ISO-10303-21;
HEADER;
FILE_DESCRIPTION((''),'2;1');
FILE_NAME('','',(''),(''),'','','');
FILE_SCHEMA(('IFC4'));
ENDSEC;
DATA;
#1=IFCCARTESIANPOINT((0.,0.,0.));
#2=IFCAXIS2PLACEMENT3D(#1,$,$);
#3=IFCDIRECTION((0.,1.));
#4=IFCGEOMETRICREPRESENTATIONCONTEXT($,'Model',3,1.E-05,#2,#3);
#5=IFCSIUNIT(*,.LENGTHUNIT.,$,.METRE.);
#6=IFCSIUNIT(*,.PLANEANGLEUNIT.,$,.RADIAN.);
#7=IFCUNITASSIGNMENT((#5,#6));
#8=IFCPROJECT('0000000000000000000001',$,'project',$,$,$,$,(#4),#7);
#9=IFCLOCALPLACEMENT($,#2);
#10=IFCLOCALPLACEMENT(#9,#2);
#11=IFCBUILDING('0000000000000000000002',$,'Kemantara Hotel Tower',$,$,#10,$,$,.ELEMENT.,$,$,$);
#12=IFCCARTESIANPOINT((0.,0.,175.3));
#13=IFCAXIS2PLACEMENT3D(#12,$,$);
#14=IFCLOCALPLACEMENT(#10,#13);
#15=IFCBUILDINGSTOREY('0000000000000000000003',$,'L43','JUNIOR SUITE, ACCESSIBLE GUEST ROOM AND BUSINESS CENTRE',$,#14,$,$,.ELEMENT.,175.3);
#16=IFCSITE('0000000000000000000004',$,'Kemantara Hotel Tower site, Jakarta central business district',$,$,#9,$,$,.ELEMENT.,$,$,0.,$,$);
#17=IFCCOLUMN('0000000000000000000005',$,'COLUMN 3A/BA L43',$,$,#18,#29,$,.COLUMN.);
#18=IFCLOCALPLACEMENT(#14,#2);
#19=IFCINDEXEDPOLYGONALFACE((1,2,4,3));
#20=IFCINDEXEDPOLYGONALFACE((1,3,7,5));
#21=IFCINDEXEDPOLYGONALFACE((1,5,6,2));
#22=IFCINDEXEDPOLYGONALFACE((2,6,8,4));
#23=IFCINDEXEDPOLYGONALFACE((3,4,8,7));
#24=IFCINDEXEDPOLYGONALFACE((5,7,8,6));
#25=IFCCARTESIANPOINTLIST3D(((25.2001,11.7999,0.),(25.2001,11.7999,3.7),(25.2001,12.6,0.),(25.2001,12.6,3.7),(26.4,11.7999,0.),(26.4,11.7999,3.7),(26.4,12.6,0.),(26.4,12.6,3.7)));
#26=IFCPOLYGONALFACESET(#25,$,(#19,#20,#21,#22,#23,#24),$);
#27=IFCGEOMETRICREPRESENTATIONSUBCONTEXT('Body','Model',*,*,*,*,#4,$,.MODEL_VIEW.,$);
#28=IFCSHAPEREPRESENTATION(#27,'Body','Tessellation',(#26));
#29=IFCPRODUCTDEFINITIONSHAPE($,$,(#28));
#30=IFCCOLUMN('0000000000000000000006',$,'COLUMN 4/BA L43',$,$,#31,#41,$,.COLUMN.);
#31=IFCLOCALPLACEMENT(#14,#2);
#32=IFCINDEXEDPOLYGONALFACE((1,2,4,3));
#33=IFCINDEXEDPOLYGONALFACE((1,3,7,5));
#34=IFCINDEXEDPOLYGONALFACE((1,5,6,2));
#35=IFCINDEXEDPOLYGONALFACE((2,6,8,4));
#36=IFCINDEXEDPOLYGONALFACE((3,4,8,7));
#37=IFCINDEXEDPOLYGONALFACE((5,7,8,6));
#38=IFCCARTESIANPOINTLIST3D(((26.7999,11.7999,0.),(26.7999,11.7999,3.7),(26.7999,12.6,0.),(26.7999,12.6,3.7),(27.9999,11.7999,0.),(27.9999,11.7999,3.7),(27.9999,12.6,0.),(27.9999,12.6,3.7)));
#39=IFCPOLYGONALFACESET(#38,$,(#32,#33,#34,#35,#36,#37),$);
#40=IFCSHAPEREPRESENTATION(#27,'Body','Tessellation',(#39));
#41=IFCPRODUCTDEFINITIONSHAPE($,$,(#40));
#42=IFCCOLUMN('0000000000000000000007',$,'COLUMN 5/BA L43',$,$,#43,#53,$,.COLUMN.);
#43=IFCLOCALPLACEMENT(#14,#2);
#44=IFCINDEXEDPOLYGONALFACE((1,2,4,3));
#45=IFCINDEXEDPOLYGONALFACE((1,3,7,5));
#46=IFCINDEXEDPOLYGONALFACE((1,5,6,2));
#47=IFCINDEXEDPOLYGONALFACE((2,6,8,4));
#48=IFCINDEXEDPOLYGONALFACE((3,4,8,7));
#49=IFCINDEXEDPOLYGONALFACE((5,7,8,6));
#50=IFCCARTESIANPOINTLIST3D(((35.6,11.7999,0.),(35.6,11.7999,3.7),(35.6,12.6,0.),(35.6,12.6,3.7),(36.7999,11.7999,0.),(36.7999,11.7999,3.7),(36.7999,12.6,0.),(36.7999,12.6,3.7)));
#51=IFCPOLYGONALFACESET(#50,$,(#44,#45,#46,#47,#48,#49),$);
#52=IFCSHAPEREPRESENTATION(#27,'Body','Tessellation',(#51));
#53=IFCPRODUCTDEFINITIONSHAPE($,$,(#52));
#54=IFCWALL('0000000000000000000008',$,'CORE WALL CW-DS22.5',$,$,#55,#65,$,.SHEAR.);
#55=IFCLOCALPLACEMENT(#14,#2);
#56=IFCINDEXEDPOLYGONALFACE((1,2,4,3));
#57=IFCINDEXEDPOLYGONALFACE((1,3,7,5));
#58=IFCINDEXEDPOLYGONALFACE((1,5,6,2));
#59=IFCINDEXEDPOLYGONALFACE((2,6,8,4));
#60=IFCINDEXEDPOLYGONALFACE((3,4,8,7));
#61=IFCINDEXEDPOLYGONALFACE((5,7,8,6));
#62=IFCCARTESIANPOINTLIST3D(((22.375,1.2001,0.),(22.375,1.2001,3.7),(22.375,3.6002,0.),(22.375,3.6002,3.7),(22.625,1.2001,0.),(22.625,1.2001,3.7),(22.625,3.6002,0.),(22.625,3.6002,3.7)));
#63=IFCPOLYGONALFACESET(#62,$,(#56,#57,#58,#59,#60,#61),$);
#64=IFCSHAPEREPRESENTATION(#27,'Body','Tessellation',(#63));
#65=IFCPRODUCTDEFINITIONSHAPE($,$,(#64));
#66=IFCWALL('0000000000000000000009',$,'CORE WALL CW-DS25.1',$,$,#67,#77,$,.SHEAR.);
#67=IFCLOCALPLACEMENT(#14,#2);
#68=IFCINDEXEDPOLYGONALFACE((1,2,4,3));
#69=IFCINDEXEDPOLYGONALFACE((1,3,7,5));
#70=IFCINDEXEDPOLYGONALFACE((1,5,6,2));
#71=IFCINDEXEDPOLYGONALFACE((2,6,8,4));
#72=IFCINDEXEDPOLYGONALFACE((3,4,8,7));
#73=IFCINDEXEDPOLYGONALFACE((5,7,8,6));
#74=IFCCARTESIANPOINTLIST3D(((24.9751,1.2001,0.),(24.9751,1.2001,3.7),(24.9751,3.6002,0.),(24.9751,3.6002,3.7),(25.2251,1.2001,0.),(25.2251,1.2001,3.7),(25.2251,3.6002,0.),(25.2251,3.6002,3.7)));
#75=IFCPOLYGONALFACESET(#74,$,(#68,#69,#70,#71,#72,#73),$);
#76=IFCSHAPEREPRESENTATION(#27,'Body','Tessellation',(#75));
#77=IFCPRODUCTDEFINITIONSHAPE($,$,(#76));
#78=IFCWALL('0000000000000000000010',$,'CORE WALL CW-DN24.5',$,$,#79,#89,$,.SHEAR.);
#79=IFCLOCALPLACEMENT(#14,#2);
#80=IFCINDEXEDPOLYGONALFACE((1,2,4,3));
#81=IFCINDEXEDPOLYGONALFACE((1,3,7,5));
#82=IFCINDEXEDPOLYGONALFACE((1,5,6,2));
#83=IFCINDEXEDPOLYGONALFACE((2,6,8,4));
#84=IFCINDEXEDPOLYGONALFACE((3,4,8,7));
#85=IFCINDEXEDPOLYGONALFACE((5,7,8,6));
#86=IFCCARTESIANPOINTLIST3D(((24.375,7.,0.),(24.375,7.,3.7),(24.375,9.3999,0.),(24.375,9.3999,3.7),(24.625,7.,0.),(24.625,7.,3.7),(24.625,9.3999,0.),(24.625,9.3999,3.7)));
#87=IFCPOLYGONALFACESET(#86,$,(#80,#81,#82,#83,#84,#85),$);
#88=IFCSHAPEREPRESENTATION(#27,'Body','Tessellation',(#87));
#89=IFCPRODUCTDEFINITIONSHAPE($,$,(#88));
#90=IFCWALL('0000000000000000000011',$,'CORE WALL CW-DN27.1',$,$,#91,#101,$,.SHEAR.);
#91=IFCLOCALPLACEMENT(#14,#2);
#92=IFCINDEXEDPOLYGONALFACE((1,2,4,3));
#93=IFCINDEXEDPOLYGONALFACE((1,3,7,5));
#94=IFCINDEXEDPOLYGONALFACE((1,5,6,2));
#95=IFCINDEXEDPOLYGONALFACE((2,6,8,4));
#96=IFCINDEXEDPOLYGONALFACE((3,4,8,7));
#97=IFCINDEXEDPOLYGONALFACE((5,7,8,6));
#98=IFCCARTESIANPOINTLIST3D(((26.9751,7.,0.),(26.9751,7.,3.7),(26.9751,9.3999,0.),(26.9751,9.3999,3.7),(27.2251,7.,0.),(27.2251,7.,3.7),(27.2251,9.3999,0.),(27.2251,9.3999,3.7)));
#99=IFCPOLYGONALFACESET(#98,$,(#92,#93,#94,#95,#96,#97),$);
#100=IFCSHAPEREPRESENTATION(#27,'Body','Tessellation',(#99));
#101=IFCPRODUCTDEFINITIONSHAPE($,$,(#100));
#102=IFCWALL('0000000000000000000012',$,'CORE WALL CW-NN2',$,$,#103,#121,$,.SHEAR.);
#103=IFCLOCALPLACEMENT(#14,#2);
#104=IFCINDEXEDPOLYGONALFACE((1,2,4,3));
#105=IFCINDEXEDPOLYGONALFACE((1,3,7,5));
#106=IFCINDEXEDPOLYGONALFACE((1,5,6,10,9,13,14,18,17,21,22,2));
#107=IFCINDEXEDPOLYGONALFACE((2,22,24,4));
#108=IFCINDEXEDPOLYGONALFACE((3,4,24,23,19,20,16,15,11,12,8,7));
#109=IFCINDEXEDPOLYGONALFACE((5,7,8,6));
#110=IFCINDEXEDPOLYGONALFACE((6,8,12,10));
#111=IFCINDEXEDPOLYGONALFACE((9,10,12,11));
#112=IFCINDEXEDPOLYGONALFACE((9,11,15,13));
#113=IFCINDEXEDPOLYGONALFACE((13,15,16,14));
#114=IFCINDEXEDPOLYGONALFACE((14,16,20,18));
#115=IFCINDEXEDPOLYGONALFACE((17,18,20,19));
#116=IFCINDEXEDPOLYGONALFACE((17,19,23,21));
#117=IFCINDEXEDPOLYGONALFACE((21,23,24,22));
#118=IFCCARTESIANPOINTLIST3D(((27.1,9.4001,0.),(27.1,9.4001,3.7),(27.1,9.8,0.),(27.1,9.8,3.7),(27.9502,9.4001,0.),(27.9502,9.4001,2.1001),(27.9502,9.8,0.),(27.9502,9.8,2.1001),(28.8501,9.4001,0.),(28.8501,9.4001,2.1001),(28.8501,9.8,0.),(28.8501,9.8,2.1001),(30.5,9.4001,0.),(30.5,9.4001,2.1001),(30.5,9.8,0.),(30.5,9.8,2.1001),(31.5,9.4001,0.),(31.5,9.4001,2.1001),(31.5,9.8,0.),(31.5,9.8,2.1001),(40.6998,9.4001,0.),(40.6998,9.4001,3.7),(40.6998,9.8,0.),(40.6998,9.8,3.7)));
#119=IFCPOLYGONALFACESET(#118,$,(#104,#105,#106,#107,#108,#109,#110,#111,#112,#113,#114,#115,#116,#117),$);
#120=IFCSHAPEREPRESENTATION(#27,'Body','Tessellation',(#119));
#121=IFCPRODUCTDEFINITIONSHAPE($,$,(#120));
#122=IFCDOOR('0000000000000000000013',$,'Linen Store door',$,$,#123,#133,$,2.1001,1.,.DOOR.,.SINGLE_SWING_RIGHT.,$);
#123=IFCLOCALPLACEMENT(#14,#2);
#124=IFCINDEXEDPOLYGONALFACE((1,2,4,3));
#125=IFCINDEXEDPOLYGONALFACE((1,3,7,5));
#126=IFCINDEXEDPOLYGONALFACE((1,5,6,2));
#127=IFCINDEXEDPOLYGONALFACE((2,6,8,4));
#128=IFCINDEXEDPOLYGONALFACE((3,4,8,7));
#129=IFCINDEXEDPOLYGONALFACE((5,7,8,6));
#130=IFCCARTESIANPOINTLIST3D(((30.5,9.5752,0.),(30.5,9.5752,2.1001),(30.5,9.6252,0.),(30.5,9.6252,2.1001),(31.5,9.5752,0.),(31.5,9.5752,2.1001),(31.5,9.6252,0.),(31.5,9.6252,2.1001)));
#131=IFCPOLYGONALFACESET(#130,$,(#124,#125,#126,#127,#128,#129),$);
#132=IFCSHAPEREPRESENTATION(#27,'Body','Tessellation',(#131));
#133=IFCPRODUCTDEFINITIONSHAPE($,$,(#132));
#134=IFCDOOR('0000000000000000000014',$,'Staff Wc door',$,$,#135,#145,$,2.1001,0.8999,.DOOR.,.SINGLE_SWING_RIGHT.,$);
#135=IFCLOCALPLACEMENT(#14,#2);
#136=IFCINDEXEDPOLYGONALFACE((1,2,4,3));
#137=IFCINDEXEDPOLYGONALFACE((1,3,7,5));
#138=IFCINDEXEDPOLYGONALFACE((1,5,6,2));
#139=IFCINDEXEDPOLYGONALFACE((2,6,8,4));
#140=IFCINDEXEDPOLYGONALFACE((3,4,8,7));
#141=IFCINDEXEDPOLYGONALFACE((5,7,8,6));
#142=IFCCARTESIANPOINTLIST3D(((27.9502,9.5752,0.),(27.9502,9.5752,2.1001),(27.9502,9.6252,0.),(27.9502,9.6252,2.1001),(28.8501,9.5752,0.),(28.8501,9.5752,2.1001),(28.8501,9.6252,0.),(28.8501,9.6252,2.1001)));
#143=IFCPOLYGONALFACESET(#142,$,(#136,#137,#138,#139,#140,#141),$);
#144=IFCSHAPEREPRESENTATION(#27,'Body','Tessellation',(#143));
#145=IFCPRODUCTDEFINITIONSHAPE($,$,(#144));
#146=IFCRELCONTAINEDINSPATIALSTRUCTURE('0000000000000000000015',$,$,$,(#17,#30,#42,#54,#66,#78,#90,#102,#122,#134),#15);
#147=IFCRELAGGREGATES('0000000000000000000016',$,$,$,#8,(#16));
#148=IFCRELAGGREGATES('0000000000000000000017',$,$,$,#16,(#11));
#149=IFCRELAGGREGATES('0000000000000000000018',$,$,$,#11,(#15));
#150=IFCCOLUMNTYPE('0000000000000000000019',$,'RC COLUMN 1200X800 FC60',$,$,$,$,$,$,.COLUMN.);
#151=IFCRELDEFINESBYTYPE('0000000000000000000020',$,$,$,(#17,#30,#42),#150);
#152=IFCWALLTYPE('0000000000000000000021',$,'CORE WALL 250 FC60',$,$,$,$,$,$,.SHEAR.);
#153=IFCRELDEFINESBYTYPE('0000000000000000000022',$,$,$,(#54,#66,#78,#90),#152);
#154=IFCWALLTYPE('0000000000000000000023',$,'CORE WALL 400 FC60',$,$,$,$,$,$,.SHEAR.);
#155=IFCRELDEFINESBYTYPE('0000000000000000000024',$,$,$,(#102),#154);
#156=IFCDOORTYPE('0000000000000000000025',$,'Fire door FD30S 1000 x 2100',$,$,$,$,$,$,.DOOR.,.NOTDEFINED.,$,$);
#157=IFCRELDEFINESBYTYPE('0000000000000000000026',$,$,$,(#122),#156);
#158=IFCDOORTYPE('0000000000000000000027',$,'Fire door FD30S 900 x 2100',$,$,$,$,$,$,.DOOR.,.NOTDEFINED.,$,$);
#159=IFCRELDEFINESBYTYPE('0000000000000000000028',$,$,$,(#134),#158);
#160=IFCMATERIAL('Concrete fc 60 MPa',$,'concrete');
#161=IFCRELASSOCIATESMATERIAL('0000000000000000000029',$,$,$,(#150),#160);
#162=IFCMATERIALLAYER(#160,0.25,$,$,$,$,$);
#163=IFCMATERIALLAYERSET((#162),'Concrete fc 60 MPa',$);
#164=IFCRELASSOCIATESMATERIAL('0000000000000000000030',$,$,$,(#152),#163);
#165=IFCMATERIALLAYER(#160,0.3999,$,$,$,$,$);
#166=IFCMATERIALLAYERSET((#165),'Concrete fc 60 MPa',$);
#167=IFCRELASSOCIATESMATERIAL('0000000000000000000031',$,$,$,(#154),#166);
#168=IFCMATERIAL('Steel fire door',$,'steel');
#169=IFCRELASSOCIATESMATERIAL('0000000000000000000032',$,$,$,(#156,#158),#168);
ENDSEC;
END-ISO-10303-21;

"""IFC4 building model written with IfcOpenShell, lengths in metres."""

from ifc_helpers import new_model, si_unit, direction, frame, frame_2d, origin, origin_2d, place, context, subcontext, project, spatial, rectangle, extrude, material, layer, layer_set, material_profile, profile_set, type_object, element, fill, save


model = new_model("IFC4")

# Units and contexts
model_context = context("Model", 3, precision=1e-05, world=origin(), true_north=direction((0.0, 1.0)))
body_context = subcontext(model_context, "Body", "Model", "MODEL_VIEW")
ifc_project = project(units=[si_unit("LENGTHUNIT", "METRE"), si_unit("PLANEANGLEUNIT", "RADIAN")], contexts=[model_context])

# Site, building, storey
site_placement = place(None, origin())
site = spatial("IfcSite", under=ifc_project, at=site_placement, Name="Kemantara Hotel Tower site, Jakarta central business district", CompositionType="ELEMENT", RefElevation=0.0)
building_placement = place(site_placement, origin())
building = spatial("IfcBuilding", under=site, at=building_placement, Name="Kemantara Hotel Tower", CompositionType="ELEMENT")
storey_placement = place(building_placement, frame((0.0, 0.0, 175.3)))
storey = spatial("IfcBuildingStorey", under=building, at=storey_placement, Name="L43", Description="JUNIOR SUITE, ACCESSIBLE GUEST ROOM AND BUSINESS CENTRE", CompositionType="ELEMENT", Elevation=175.3)

# Columns
ifc_material_1 = material(Name="Concrete fc 60 MPa", Category="concrete")
ifc_material_profile = material_profile(ifc_material_1, rectangle(XDim=1.2, YDim=0.8, at=origin_2d()), Name="RC 1200X800")
ifc_profile_set = profile_set([ifc_material_profile], Name="Concrete fc 60 MPa")
column_type = type_object("IfcColumnType", Name="RC COLUMN 1200X800 FC60", PredefinedType="COLUMN", material=ifc_profile_set)
for number, where, z_axis, x_axis, name in (
    (1, (25.8, 12.2, 0.0), (0.0, 0.0, 1.0), (1.0, 0.0, 0.0), "COLUMN 3A/BA L43"),
    (2, (27.3999, 12.2, 0.0), (0.0, 0.0, 1.0), (1.0, 0.0, 0.0), "COLUMN 4/BA L43"),
    (3, (36.2, 12.2, 0.0), (0.0, 0.0, 1.0), (1.0, 0.0, 0.0), "COLUMN 5/BA L43"),
):
    element("IfcColumn", number, at=place(storey_placement, frame(where, z_axis=z_axis, x_axis=x_axis)), inside=storey, type_object=column_type, Name=name, PredefinedType="COLUMN", context=body_context, shape_type="SweptSolid", body=[
        extrude(rectangle(XDim=1.2, YDim=0.8, at=origin_2d()), origin(), (0.0, 0.0, 1.0), 3.7),
    ])

# Walls
ifc_layer_1 = layer(ifc_material_1, 0.25)
ifc_layer_set_1 = layer_set([ifc_layer_1], Name="Concrete fc 60 MPa")
wall_type_1 = type_object("IfcWallType", Name="CORE WALL 250 FC60", PredefinedType="SHEAR", material=ifc_layer_set_1)
for number, where, z_axis, x_axis, name in (
    (4, (22.5, 1.2, 0.0), (0.0, 0.0, 1.0), (0.0, 1.0, 0.0), "CORE WALL CW-DS22.5"),
    (5, (25.1001, 1.2, 0.0), (0.0, 0.0, 1.0), (0.0, 1.0, 0.0), "CORE WALL CW-DS25.1"),
):
    element("IfcWall", number, at=place(storey_placement, frame(where, z_axis=z_axis, x_axis=x_axis)), inside=storey, type_object=wall_type_1, Name=name, PredefinedType="SHEAR", context=body_context, shape_type="SweptSolid", body=[
        extrude(rectangle(XDim=2.4001, YDim=0.25, at=frame_2d((1.2002, 0.0))), origin(), (0.0, 0.0, 1.0), 3.7),
    ])
for number, where, z_axis, x_axis, name in (
    (6, (24.5, 7.0, 0.0), (0.0, 0.0, 1.0), (0.0, 1.0, 0.0), "CORE WALL CW-DN24.5"),
    (7, (27.1001, 7.0, 0.0), (0.0, 0.0, 1.0), (0.0, 1.0, 0.0), "CORE WALL CW-DN27.1"),
):
    element("IfcWall", number, at=place(storey_placement, frame(where, z_axis=z_axis, x_axis=x_axis)), inside=storey, type_object=wall_type_1, Name=name, PredefinedType="SHEAR", context=body_context, shape_type="SweptSolid", body=[
        extrude(rectangle(XDim=2.3999, YDim=0.25, at=frame_2d((1.2, 0.0))), origin(), (0.0, 0.0, 1.0), 3.7),
    ])

# Wall, openings, doors
ifc_layer_2 = layer(ifc_material_1, 0.3999)
ifc_layer_set_2 = layer_set([ifc_layer_2], Name="Concrete fc 60 MPa")
wall_type_2 = type_object("IfcWallType", Name="CORE WALL 400 FC60", PredefinedType="SHEAR", material=ifc_layer_set_2)
wall_1_placement = place(storey_placement, frame((27.1001, 9.6001, 0.0), z_axis=(0.0, 0.0, 1.0), x_axis=(1.0, 0.0, 0.0)))
wall_1 = element("IfcWall", 8, at=wall_1_placement, inside=storey, type_object=wall_type_2, Name="CORE WALL CW-NN2", PredefinedType="SHEAR", context=body_context, shape_type="SweptSolid", body=[
    extrude(rectangle(XDim=13.5999, YDim=0.3999, at=frame_2d((6.7998, 0.0))), origin(), (0.0, 0.0, 1.0), 3.7),
])
opening_1_placement = place(wall_1_placement, frame((0.8501, 0.0, 0.0)))
opening_1 = element("IfcOpeningElement", 9, at=opening_1_placement, cuts=wall_1, PredefinedType="OPENING", context=body_context, shape_type="SweptSolid", body=[
    extrude(rectangle(XDim=0.8999, YDim=2.1001, at=frame_2d((0.45, 1.05))), frame((0.0, 0.21, 0.0), z_axis=(0.0, -1.0, 0.0), x_axis=(1.0, 0.0, 0.0)), (0.0, 0.0, 1.0), 0.4199),
])
opening_2_placement = place(wall_1_placement, frame((3.3999, 0.0, 0.0)))
opening_2 = element("IfcOpeningElement", 10, at=opening_2_placement, cuts=wall_1, PredefinedType="OPENING", context=body_context, shape_type="SweptSolid", body=[
    extrude(rectangle(XDim=1.0, YDim=2.1001, at=frame_2d((0.5, 1.05))), frame((0.0, 0.21, 0.0), z_axis=(0.0, -1.0, 0.0), x_axis=(1.0, 0.0, 0.0)), (0.0, 0.0, 1.0), 0.4199),
])
ifc_material_2 = material(Name="Steel fire door", Category="steel")
door_type_1 = type_object("IfcDoorType", Name="Fire door FD30S 1000 x 2100", OperationType="NOTDEFINED", PredefinedType="DOOR", material=ifc_material_2)
door_1_placement = place(opening_2_placement, frame((1.0, 0.0, 0.0), z_axis=(0.0, 0.0, 1.0), x_axis=(-1.0, 0.0, 0.0)))
door_1 = element("IfcDoor", 11, at=door_1_placement, inside=storey, type_object=door_type_1, Name="Linen Store door", OperationType="SINGLE_SWING_RIGHT", OverallHeight=2.1001, OverallWidth=1.0, PredefinedType="DOOR", context=body_context, shape_type="SweptSolid", body=[
    extrude(rectangle(XDim=1.0, YDim=2.1001, at=frame_2d((0.5, 1.05))), frame((0.0, 0.0249, 0.0), z_axis=(0.0, -1.0, 0.0), x_axis=(1.0, 0.0, 0.0)), (0.0, 0.0, 1.0), 0.05),
])
fill(opening_2, door_1)
door_type_2 = type_object("IfcDoorType", Name="Fire door FD30S 900 x 2100", OperationType="NOTDEFINED", PredefinedType="DOOR", material=ifc_material_2)
door_2_placement = place(opening_1_placement, frame((0.8999, 0.0, 0.0), z_axis=(0.0, 0.0, 1.0), x_axis=(-1.0, 0.0, 0.0)))
door_2 = element("IfcDoor", 12, at=door_2_placement, inside=storey, type_object=door_type_2, Name="Staff Wc door", OperationType="SINGLE_SWING_RIGHT", OverallHeight=2.1001, OverallWidth=0.8999, PredefinedType="DOOR", context=body_context, shape_type="SweptSolid", body=[
    extrude(rectangle(XDim=0.8999, YDim=2.1001, at=frame_2d((0.45, 1.05))), frame((0.0, 0.0249, 0.0), z_axis=(0.0, -1.0, 0.0), x_axis=(1.0, 0.0, 0.0)), (0.0, 0.0, 1.0), 0.05),
])
fill(opening_1, door_2)

save(model, "model.ifc")
